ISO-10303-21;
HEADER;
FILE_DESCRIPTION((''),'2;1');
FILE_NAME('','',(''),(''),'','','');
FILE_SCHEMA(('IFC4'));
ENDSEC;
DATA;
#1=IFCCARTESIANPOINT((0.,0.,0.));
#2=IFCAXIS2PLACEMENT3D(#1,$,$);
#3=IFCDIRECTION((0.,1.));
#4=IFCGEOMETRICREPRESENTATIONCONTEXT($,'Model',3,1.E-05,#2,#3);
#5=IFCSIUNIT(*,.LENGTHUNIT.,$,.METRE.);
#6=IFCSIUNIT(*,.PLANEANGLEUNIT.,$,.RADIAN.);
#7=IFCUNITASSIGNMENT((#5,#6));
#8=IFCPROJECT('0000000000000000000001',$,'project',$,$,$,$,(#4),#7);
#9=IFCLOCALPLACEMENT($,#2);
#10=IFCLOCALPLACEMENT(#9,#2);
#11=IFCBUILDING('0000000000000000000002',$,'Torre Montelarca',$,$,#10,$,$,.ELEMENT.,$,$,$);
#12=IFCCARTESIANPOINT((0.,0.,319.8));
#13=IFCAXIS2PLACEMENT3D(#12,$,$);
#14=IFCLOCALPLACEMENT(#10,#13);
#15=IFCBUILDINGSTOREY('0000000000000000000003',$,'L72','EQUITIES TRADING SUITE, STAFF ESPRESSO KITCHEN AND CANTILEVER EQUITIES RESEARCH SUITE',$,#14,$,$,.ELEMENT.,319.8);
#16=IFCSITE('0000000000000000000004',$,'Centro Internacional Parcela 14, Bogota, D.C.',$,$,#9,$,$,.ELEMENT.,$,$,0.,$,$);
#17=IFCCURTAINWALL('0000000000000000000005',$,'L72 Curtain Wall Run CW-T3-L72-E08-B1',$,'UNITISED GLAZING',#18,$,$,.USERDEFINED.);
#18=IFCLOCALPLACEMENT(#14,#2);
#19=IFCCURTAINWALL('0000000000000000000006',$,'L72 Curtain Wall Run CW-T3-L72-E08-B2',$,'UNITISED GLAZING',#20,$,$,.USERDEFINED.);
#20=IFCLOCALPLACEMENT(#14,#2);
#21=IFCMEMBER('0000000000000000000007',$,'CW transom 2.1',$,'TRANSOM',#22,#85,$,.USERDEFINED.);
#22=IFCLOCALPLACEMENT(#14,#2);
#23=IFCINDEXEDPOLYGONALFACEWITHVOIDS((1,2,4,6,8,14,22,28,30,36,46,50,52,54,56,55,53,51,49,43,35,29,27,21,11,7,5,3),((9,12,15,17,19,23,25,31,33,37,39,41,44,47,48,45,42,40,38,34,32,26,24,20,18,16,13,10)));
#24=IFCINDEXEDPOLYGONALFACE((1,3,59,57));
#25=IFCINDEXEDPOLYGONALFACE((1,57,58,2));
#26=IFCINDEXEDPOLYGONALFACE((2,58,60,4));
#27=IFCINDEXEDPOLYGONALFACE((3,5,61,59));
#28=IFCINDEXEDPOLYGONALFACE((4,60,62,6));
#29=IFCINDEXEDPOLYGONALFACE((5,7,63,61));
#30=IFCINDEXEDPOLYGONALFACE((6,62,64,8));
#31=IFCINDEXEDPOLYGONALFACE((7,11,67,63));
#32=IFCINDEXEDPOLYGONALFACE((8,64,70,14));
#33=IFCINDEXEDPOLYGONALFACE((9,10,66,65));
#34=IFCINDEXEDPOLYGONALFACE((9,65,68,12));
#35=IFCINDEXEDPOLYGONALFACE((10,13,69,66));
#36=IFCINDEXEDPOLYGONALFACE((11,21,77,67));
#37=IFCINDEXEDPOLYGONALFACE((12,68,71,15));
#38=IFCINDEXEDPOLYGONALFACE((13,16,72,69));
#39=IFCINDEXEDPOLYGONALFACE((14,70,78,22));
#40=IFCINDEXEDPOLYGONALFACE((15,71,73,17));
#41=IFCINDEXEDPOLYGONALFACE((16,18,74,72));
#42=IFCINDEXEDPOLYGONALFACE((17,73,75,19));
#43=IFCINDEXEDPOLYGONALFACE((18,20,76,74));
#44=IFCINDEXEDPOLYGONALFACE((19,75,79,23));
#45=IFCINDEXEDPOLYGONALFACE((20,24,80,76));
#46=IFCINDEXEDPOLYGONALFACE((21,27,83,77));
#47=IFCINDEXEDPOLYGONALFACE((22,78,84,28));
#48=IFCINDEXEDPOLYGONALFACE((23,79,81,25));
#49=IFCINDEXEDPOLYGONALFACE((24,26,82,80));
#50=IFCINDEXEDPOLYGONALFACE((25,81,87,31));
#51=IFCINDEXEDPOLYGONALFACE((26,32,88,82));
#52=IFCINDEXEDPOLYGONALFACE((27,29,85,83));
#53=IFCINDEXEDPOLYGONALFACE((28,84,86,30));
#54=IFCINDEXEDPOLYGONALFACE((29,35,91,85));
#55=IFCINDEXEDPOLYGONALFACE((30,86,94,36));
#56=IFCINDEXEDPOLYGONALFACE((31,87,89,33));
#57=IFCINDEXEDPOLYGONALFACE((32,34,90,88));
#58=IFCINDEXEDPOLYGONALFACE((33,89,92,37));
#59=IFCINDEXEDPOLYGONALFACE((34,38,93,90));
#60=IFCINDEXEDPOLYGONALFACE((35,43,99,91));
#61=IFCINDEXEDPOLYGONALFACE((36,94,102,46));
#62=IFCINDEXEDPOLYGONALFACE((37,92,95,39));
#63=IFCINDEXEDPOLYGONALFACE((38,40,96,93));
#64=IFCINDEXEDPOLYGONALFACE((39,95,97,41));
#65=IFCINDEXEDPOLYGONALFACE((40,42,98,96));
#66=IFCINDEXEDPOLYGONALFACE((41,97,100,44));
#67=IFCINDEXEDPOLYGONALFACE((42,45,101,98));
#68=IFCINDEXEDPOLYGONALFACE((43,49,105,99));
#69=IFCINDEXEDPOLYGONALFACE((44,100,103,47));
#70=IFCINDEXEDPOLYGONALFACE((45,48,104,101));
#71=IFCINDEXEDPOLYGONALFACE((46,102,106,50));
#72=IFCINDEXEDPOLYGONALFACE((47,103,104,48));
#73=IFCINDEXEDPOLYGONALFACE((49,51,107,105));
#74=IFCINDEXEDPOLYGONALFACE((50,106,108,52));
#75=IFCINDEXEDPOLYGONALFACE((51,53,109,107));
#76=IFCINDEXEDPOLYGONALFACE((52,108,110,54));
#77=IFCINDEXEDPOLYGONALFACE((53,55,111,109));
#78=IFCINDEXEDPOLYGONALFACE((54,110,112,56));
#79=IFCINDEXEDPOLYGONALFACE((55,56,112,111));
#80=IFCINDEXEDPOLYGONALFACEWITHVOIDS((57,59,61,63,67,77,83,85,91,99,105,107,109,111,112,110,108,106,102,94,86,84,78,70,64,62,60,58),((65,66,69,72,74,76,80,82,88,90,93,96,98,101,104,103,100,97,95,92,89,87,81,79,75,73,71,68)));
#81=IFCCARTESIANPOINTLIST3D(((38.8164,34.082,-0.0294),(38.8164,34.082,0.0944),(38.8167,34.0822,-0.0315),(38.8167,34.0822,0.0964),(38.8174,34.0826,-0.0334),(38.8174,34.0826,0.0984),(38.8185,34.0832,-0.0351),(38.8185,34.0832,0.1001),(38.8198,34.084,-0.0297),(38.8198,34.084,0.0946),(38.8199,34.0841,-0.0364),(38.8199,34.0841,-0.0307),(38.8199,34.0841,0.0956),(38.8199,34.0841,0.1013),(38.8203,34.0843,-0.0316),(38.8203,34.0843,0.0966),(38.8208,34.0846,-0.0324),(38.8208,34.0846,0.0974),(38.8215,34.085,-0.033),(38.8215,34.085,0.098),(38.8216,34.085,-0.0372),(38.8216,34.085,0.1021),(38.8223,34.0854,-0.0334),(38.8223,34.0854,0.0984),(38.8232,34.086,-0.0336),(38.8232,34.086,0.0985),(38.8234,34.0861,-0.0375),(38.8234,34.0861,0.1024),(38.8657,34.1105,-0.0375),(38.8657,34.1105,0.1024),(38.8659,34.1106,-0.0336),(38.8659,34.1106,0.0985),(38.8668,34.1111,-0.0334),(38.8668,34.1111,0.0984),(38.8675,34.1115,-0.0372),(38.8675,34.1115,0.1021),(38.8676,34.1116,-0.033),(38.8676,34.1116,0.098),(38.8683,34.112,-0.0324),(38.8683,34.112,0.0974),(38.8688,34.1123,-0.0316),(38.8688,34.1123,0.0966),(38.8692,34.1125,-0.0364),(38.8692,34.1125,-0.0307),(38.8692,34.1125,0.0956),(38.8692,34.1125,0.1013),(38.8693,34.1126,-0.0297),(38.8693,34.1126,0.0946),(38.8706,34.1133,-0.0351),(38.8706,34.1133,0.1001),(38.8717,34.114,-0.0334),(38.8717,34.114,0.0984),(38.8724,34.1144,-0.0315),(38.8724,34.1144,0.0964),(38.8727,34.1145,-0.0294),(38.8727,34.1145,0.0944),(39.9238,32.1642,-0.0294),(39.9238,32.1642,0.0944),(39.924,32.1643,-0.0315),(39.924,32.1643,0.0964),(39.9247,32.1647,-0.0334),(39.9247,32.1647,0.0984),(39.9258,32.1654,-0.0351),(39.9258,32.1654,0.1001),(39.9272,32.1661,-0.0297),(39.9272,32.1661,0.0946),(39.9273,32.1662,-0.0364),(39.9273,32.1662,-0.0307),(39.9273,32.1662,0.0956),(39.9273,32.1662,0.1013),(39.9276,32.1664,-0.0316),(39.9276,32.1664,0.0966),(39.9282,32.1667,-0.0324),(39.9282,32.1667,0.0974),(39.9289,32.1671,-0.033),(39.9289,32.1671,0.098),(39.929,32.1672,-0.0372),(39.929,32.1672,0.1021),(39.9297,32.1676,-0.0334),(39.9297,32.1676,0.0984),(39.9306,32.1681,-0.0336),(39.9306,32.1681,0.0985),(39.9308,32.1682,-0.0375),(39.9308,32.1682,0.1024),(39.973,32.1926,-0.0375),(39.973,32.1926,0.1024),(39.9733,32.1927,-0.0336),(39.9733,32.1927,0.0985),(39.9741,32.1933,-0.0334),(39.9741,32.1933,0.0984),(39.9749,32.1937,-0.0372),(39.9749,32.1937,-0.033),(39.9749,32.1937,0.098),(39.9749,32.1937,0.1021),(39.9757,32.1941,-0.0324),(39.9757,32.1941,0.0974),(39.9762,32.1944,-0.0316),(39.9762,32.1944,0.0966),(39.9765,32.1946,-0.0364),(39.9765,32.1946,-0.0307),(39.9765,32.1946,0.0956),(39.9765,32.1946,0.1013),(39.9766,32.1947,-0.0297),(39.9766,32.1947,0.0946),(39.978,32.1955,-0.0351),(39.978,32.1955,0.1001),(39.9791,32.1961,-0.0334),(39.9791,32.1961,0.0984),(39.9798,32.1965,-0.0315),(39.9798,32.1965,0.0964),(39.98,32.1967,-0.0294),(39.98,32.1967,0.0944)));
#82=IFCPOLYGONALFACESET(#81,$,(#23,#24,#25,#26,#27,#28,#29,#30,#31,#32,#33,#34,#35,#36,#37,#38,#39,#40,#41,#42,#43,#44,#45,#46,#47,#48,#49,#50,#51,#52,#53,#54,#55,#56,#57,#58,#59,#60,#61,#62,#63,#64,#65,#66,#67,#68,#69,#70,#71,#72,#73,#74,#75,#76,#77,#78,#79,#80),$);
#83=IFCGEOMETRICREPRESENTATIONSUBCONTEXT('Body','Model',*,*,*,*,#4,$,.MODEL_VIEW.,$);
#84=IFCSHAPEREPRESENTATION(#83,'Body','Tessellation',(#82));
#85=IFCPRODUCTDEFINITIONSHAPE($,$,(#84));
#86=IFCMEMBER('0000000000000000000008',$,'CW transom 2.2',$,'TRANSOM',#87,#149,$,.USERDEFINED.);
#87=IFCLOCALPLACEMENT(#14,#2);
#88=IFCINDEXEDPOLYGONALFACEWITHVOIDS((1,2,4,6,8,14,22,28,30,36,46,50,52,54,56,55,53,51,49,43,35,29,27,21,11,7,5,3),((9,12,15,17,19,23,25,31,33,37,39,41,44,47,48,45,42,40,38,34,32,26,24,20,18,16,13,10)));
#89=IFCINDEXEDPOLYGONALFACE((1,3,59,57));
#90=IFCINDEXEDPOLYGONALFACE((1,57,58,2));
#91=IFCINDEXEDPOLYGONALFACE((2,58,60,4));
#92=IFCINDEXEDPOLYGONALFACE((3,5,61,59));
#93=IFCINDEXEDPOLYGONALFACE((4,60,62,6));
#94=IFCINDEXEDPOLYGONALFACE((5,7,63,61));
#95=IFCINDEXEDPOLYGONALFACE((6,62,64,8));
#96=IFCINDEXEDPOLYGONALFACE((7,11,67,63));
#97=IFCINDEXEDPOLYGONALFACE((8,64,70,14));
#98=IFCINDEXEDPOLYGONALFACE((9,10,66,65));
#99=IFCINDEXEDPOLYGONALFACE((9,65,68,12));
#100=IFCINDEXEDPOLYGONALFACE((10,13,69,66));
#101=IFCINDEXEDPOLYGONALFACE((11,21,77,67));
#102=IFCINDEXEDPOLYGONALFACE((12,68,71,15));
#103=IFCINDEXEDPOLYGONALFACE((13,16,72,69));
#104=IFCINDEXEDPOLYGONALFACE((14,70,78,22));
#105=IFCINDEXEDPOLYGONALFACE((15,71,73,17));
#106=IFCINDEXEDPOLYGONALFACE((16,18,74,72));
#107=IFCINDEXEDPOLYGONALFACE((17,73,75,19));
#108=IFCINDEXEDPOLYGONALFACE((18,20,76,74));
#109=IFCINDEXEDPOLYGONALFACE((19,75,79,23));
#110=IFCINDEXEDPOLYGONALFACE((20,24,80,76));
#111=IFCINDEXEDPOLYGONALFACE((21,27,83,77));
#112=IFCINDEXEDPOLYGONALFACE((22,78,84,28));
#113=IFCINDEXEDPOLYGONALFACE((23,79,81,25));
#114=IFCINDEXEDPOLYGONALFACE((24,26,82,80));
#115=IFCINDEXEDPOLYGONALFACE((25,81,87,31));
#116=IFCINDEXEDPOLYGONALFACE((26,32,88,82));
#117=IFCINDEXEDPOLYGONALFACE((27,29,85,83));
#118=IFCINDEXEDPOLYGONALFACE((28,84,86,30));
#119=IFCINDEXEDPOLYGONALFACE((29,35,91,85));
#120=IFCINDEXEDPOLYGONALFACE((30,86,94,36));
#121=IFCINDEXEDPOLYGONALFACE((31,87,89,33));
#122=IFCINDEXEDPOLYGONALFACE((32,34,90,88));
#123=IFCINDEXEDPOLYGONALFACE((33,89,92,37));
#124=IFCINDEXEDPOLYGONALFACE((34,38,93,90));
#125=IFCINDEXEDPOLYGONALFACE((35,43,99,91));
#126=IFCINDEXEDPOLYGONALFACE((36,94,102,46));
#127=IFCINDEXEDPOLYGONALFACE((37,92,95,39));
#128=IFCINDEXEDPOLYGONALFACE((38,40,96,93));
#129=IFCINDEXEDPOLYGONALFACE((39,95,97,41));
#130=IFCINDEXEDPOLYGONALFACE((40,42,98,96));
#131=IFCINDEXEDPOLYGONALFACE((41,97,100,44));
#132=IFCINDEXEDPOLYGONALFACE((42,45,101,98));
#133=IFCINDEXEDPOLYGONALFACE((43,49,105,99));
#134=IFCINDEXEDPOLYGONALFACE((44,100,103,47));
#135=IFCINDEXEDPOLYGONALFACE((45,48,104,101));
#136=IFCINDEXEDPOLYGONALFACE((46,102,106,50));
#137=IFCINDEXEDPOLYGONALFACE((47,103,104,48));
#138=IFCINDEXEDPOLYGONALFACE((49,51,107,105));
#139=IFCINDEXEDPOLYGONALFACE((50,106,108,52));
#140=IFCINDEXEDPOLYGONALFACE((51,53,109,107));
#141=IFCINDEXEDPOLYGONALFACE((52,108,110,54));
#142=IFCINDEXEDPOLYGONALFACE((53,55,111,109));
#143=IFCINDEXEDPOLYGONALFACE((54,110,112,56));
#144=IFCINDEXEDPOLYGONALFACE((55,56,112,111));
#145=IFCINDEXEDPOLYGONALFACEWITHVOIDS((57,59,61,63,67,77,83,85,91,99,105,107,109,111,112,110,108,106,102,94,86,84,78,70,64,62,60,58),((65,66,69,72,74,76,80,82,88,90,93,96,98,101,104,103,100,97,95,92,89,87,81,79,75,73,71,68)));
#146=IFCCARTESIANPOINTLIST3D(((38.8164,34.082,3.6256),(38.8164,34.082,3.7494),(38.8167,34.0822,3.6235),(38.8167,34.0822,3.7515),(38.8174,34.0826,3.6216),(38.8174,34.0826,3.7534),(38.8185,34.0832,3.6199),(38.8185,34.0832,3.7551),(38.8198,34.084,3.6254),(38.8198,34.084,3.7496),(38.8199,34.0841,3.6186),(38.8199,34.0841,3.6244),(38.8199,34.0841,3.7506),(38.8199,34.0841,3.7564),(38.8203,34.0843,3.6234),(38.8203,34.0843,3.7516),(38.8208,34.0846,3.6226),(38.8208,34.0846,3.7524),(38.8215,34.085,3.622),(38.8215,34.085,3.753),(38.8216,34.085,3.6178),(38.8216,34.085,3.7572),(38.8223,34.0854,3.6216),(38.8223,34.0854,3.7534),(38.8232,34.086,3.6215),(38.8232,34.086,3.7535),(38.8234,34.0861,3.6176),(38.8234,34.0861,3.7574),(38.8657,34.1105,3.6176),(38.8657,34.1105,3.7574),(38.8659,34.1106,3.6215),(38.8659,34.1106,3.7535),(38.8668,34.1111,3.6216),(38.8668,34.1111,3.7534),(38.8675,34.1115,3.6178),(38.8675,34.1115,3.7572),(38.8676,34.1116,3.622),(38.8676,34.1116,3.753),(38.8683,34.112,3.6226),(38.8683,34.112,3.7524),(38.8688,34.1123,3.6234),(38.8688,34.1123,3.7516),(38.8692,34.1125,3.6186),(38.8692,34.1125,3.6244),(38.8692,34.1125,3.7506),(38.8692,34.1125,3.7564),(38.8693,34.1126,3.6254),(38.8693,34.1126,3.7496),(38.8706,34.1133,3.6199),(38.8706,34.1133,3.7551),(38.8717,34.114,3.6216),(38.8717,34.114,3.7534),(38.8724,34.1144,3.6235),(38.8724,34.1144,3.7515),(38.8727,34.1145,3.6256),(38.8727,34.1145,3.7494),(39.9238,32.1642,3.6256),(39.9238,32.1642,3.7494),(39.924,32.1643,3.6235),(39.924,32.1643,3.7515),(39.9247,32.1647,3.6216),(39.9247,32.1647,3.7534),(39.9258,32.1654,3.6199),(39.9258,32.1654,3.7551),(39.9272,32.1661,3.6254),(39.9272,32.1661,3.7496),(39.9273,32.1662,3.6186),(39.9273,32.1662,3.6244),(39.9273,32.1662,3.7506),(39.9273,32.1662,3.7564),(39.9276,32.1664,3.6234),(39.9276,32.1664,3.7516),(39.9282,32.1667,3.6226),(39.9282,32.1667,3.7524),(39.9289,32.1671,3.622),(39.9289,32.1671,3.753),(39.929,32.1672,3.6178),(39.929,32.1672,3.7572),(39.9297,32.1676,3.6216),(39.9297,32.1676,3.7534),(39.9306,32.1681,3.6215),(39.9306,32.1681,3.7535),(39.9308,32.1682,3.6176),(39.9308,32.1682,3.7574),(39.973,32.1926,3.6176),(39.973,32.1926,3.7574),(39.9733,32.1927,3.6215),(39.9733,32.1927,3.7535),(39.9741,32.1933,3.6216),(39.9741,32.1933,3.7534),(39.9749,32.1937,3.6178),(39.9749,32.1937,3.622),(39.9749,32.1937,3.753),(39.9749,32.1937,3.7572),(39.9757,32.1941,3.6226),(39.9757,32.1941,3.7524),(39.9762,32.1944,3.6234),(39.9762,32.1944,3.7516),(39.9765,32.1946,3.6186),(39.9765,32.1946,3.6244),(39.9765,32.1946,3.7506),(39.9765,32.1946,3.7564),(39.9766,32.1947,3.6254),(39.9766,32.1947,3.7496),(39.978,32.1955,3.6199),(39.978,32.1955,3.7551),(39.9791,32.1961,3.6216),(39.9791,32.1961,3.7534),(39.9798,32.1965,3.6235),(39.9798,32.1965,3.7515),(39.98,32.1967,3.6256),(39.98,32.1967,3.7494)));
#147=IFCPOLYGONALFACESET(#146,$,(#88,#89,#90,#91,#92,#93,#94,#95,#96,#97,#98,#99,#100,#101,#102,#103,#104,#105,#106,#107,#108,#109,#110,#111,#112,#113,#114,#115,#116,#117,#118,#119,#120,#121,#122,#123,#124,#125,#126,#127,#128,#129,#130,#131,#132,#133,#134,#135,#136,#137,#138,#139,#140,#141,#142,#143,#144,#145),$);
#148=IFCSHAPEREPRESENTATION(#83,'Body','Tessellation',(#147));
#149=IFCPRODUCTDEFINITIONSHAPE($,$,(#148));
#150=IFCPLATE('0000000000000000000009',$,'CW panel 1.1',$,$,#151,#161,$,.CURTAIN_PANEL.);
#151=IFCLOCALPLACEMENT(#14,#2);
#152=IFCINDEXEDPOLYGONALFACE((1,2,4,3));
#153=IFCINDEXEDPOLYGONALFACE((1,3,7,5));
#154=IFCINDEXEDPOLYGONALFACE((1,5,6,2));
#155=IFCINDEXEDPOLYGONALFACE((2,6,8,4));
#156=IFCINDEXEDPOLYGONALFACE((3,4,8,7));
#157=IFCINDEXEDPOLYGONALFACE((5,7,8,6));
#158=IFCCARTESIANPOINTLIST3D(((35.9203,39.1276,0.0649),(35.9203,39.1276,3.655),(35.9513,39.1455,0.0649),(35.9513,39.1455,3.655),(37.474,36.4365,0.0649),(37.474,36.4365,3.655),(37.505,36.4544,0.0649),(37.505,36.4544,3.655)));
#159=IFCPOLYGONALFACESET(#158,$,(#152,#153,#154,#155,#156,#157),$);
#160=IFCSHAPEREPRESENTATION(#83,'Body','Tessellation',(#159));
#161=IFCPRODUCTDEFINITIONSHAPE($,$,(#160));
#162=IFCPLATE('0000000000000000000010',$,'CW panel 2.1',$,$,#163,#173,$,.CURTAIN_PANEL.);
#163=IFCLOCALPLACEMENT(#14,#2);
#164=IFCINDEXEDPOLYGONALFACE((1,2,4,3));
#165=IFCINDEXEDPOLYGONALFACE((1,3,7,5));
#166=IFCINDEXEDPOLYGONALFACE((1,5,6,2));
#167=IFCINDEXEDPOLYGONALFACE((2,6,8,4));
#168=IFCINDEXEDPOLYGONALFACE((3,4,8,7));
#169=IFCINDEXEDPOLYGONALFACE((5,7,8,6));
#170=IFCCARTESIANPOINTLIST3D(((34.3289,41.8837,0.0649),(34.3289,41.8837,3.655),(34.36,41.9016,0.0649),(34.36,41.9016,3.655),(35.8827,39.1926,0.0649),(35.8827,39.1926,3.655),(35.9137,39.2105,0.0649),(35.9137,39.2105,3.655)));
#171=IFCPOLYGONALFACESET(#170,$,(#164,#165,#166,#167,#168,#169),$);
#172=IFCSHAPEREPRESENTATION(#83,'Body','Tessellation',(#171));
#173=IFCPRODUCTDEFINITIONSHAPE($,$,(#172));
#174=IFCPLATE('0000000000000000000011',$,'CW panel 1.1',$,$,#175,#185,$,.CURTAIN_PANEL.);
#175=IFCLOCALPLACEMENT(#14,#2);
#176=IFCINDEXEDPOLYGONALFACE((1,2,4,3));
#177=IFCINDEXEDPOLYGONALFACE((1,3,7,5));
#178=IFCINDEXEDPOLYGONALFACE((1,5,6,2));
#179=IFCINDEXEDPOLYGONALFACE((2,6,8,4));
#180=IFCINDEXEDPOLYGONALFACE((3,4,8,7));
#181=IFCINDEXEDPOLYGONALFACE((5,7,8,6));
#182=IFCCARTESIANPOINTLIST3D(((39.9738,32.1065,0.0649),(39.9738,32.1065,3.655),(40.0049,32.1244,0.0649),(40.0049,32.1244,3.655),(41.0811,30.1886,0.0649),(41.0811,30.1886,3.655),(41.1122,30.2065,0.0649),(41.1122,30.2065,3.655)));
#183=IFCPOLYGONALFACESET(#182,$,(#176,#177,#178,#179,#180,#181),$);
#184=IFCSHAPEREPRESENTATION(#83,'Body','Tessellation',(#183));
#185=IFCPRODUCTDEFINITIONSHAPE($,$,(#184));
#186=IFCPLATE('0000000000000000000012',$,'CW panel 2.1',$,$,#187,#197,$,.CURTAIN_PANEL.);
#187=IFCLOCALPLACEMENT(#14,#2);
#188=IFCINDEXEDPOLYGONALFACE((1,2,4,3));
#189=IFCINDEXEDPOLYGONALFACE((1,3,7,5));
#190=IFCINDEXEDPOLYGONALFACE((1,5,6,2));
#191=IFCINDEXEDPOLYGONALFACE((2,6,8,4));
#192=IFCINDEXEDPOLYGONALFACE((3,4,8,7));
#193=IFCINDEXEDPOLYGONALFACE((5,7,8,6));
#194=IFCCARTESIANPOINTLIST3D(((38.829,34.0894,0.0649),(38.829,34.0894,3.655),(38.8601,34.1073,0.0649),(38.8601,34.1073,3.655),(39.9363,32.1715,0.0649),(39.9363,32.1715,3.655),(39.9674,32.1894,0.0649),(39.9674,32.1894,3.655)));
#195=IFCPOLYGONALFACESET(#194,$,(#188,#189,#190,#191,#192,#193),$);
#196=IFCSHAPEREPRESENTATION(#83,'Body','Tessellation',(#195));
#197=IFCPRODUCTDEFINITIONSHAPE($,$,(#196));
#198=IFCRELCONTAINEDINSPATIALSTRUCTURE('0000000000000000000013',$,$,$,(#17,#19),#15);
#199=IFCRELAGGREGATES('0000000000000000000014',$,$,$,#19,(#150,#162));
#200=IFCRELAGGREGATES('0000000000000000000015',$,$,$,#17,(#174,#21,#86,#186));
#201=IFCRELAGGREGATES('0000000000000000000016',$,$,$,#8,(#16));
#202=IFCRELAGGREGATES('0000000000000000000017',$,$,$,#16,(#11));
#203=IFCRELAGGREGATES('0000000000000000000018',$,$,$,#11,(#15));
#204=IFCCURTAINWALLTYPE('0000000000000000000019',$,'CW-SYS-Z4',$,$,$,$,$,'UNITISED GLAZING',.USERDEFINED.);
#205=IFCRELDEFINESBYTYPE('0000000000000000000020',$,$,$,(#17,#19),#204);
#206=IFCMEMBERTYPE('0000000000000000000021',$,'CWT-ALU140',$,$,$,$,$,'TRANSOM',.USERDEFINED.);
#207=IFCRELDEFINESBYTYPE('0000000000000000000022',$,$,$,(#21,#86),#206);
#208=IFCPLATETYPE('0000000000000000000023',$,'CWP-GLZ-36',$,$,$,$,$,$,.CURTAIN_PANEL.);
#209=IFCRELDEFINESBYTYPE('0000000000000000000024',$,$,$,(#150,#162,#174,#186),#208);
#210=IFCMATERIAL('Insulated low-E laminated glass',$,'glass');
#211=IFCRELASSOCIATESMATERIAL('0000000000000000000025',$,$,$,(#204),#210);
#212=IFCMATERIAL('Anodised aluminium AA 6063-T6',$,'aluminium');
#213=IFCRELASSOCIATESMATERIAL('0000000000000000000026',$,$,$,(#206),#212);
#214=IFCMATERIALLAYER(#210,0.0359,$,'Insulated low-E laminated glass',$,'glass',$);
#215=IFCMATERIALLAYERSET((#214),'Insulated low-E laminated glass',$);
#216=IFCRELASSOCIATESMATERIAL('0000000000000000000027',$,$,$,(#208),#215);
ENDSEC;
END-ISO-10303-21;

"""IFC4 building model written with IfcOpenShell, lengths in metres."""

from ifc_helpers import new_model, si_unit, direction, frame, origin, origin_2d, place, context, subcontext, project, spatial, rectangle, hollow_rectangle, extrude, source, transform, mapped, material, layer, layer_set, material_profile, profile_set, type_object, element, aggregate, save


model = new_model("IFC4")

# Units and contexts
model_context = context("Model", 3, precision=1e-05, world=origin(), true_north=direction((0.0, 1.0)))
body_context = subcontext(model_context, "Body", "Model", "MODEL_VIEW")
ifc_project = project(units=[si_unit("LENGTHUNIT", "METRE"), si_unit("PLANEANGLEUNIT", "RADIAN")], contexts=[model_context])

# Site, building, storey
site_placement = place(None, origin())
site = spatial("IfcSite", under=ifc_project, at=site_placement, Name="Centro Internacional Parcela 14, Bogota, D.C.", CompositionType="ELEMENT", RefElevation=0.0)
building_placement = place(site_placement, origin())
building = spatial("IfcBuilding", under=site, at=building_placement, Name="Torre Montelarca", CompositionType="ELEMENT")
storey_placement = place(building_placement, frame((0.0, 0.0, 319.8)))
storey = spatial("IfcBuildingStorey", under=building, at=storey_placement, Name="L72", Description="EQUITIES TRADING SUITE, STAFF ESPRESSO KITCHEN AND CANTILEVER EQUITIES RESEARCH SUITE", CompositionType="ELEMENT", Elevation=319.8)

# Curtain walls
ifc_material_1 = material(Name="Insulated low-E laminated glass", Category="glass")
curtain_wall_type = type_object("IfcCurtainWallType", Name="CW-SYS-Z4", ElementType="UNITISED GLAZING", PredefinedType="USERDEFINED", material=ifc_material_1)
curtain_wall_1_placement = place(storey_placement, origin())
curtain_wall_1 = element("IfcCurtainWall", 1, at=curtain_wall_1_placement, inside=storey, type_object=curtain_wall_type, Name="L72 Curtain Wall Run CW-T3-L72-E08-B1", ObjectType="UNITISED GLAZING", PredefinedType="USERDEFINED")
ifc_material_2 = material(Name="Anodised aluminium AA 6063-T6", Category="aluminium")
curtain_wall_2_placement = place(storey_placement, origin())
curtain_wall_2 = element("IfcCurtainWall", 2, at=curtain_wall_2_placement, inside=storey, type_object=curtain_wall_type, Name="L72 Curtain Wall Run CW-T3-L72-E08-B2", ObjectType="UNITISED GLAZING", PredefinedType="USERDEFINED")
ifc_material_profile_1 = material_profile(ifc_material_2, hollow_rectangle(XDim=0.0649, YDim=0.1399, WallThickness=0.0039, InnerFilletRadius=0.0039, OuterFilletRadius=0.0081, at=origin_2d()), Name="ALU65X140X4", Category="aluminium")
ifc_profile_set_1 = profile_set([ifc_material_profile_1], Name="Anodised aluminium AA 6063-T6")
member_type_1 = type_object("IfcMemberType", Name="CWT-ALU140", ElementType="TRANSOM", PredefinedType="USERDEFINED", material=ifc_profile_set_1)

# Members
shared_shape_1 = source(origin(), body_context, "Body", "SweptSolid", [
    extrude(hollow_rectangle(XDim=0.0649, YDim=0.1399, WallThickness=0.0039, InnerFilletRadius=0.0039, OuterFilletRadius=0.0081, at=origin_2d()), origin(), (0.0, 0.0, 1.0), 2.2146),
])
member_1_placement = place(storey_placement, frame((39.9519, 32.1804, 0.0325), z_axis=(-0.500028, 0.866009, 0.0), x_axis=(-0.866009, -0.500028, 0.0)))
member_1 = element("IfcMember", 3, at=member_1_placement, type_object=member_type_1, Name="CW transom 2.1", ObjectType="TRANSOM", PredefinedType="USERDEFINED", context=body_context, shape_type="MappedRepresentation", body=[
    mapped(shared_shape_1, transform((0.0, 0.0, 0.0), scale=1.0)),
])
member_2_placement = place(storey_placement, frame((39.9519, 32.1804, 3.6875), z_axis=(-0.500028, 0.866009, 0.0), x_axis=(-0.866009, -0.500028, 0.0)))
member_2 = element("IfcMember", 4, at=member_2_placement, type_object=member_type_1, Name="CW transom 2.2", ObjectType="TRANSOM", PredefinedType="USERDEFINED", context=body_context, shape_type="MappedRepresentation", body=[
    mapped(shared_shape_1, transform((0.0, 0.0, 0.0), scale=1.0)),
])

# Plates
ifc_layer_1 = layer(ifc_material_1, 0.0359, Name="Insulated low-E laminated glass", Category="glass")
ifc_layer_set_1 = layer_set([ifc_layer_1], Name="Insulated low-E laminated glass")
plate_type = type_object("IfcPlateType", Name="CWP-GLZ-36", PredefinedType="CURTAIN_PANEL", material=ifc_layer_set_1)
shared_shape_2 = source(origin(), body_context, "Body", "SweptSolid", [
    extrude(rectangle(XDim=3.1074, YDim=0.0359, at=origin_2d()), origin(), (0.0, 0.0, 1.0), 3.5901),
])
plate_1_placement = place(storey_placement, frame((36.7126, 37.791, 0.0649), z_axis=(0.0, 0.0, 1.0), x_axis=(-0.5, 0.866025, 0.0)))
plate_1 = element("IfcPlate", 5, at=plate_1_placement, type_object=plate_type, Name="CW panel 1.1", PredefinedType="CURTAIN_PANEL", context=body_context, shape_type="MappedRepresentation", body=[
    mapped(shared_shape_2, transform((0.0, 0.0, 0.0), scale=1.0)),
])
plate_2_placement = place(storey_placement, frame((35.1213, 40.5471, 0.0649), z_axis=(0.0, 0.0, 1.0), x_axis=(-0.5, 0.866025, 0.0)))
plate_2 = element("IfcPlate", 6, at=plate_2_placement, type_object=plate_type, Name="CW panel 2.1", PredefinedType="CURTAIN_PANEL", context=body_context, shape_type="MappedRepresentation", body=[
    mapped(shared_shape_2, transform((0.0, 0.0, 0.0), scale=1.0)),
])
aggregate(curtain_wall_2, [plate_1, plate_2])
shared_shape_3 = source(origin(), body_context, "Body", "SweptSolid", [
    extrude(rectangle(XDim=2.2146, YDim=0.0359, at=origin_2d()), origin(), (0.0, 0.0, 1.0), 3.5901),
])
plate_3_placement = place(storey_placement, frame((40.543, 31.1565, 0.0649), z_axis=(0.0, 0.0, 1.0), x_axis=(-0.499996, 0.866028, 0.0)))
plate_3 = element("IfcPlate", 7, at=plate_3_placement, type_object=plate_type, Name="CW panel 1.1", PredefinedType="CURTAIN_PANEL", context=body_context, shape_type="MappedRepresentation", body=[
    mapped(shared_shape_3, transform((0.0, 0.0, 0.0), scale=1.0)),
])
plate_4_placement = place(storey_placement, frame((39.3982, 33.1394, 0.0649), z_axis=(0.0, 0.0, 1.0), x_axis=(-0.499996, 0.866028, 0.0)))
plate_4 = element("IfcPlate", 8, at=plate_4_placement, type_object=plate_type, Name="CW panel 2.1", PredefinedType="CURTAIN_PANEL", context=body_context, shape_type="MappedRepresentation", body=[
    mapped(shared_shape_3, transform((0.0, 0.0, 0.0), scale=1.0)),
])
aggregate(curtain_wall_1, [plate_3, member_1, member_2, plate_4])

save(model, "model.ifc")
